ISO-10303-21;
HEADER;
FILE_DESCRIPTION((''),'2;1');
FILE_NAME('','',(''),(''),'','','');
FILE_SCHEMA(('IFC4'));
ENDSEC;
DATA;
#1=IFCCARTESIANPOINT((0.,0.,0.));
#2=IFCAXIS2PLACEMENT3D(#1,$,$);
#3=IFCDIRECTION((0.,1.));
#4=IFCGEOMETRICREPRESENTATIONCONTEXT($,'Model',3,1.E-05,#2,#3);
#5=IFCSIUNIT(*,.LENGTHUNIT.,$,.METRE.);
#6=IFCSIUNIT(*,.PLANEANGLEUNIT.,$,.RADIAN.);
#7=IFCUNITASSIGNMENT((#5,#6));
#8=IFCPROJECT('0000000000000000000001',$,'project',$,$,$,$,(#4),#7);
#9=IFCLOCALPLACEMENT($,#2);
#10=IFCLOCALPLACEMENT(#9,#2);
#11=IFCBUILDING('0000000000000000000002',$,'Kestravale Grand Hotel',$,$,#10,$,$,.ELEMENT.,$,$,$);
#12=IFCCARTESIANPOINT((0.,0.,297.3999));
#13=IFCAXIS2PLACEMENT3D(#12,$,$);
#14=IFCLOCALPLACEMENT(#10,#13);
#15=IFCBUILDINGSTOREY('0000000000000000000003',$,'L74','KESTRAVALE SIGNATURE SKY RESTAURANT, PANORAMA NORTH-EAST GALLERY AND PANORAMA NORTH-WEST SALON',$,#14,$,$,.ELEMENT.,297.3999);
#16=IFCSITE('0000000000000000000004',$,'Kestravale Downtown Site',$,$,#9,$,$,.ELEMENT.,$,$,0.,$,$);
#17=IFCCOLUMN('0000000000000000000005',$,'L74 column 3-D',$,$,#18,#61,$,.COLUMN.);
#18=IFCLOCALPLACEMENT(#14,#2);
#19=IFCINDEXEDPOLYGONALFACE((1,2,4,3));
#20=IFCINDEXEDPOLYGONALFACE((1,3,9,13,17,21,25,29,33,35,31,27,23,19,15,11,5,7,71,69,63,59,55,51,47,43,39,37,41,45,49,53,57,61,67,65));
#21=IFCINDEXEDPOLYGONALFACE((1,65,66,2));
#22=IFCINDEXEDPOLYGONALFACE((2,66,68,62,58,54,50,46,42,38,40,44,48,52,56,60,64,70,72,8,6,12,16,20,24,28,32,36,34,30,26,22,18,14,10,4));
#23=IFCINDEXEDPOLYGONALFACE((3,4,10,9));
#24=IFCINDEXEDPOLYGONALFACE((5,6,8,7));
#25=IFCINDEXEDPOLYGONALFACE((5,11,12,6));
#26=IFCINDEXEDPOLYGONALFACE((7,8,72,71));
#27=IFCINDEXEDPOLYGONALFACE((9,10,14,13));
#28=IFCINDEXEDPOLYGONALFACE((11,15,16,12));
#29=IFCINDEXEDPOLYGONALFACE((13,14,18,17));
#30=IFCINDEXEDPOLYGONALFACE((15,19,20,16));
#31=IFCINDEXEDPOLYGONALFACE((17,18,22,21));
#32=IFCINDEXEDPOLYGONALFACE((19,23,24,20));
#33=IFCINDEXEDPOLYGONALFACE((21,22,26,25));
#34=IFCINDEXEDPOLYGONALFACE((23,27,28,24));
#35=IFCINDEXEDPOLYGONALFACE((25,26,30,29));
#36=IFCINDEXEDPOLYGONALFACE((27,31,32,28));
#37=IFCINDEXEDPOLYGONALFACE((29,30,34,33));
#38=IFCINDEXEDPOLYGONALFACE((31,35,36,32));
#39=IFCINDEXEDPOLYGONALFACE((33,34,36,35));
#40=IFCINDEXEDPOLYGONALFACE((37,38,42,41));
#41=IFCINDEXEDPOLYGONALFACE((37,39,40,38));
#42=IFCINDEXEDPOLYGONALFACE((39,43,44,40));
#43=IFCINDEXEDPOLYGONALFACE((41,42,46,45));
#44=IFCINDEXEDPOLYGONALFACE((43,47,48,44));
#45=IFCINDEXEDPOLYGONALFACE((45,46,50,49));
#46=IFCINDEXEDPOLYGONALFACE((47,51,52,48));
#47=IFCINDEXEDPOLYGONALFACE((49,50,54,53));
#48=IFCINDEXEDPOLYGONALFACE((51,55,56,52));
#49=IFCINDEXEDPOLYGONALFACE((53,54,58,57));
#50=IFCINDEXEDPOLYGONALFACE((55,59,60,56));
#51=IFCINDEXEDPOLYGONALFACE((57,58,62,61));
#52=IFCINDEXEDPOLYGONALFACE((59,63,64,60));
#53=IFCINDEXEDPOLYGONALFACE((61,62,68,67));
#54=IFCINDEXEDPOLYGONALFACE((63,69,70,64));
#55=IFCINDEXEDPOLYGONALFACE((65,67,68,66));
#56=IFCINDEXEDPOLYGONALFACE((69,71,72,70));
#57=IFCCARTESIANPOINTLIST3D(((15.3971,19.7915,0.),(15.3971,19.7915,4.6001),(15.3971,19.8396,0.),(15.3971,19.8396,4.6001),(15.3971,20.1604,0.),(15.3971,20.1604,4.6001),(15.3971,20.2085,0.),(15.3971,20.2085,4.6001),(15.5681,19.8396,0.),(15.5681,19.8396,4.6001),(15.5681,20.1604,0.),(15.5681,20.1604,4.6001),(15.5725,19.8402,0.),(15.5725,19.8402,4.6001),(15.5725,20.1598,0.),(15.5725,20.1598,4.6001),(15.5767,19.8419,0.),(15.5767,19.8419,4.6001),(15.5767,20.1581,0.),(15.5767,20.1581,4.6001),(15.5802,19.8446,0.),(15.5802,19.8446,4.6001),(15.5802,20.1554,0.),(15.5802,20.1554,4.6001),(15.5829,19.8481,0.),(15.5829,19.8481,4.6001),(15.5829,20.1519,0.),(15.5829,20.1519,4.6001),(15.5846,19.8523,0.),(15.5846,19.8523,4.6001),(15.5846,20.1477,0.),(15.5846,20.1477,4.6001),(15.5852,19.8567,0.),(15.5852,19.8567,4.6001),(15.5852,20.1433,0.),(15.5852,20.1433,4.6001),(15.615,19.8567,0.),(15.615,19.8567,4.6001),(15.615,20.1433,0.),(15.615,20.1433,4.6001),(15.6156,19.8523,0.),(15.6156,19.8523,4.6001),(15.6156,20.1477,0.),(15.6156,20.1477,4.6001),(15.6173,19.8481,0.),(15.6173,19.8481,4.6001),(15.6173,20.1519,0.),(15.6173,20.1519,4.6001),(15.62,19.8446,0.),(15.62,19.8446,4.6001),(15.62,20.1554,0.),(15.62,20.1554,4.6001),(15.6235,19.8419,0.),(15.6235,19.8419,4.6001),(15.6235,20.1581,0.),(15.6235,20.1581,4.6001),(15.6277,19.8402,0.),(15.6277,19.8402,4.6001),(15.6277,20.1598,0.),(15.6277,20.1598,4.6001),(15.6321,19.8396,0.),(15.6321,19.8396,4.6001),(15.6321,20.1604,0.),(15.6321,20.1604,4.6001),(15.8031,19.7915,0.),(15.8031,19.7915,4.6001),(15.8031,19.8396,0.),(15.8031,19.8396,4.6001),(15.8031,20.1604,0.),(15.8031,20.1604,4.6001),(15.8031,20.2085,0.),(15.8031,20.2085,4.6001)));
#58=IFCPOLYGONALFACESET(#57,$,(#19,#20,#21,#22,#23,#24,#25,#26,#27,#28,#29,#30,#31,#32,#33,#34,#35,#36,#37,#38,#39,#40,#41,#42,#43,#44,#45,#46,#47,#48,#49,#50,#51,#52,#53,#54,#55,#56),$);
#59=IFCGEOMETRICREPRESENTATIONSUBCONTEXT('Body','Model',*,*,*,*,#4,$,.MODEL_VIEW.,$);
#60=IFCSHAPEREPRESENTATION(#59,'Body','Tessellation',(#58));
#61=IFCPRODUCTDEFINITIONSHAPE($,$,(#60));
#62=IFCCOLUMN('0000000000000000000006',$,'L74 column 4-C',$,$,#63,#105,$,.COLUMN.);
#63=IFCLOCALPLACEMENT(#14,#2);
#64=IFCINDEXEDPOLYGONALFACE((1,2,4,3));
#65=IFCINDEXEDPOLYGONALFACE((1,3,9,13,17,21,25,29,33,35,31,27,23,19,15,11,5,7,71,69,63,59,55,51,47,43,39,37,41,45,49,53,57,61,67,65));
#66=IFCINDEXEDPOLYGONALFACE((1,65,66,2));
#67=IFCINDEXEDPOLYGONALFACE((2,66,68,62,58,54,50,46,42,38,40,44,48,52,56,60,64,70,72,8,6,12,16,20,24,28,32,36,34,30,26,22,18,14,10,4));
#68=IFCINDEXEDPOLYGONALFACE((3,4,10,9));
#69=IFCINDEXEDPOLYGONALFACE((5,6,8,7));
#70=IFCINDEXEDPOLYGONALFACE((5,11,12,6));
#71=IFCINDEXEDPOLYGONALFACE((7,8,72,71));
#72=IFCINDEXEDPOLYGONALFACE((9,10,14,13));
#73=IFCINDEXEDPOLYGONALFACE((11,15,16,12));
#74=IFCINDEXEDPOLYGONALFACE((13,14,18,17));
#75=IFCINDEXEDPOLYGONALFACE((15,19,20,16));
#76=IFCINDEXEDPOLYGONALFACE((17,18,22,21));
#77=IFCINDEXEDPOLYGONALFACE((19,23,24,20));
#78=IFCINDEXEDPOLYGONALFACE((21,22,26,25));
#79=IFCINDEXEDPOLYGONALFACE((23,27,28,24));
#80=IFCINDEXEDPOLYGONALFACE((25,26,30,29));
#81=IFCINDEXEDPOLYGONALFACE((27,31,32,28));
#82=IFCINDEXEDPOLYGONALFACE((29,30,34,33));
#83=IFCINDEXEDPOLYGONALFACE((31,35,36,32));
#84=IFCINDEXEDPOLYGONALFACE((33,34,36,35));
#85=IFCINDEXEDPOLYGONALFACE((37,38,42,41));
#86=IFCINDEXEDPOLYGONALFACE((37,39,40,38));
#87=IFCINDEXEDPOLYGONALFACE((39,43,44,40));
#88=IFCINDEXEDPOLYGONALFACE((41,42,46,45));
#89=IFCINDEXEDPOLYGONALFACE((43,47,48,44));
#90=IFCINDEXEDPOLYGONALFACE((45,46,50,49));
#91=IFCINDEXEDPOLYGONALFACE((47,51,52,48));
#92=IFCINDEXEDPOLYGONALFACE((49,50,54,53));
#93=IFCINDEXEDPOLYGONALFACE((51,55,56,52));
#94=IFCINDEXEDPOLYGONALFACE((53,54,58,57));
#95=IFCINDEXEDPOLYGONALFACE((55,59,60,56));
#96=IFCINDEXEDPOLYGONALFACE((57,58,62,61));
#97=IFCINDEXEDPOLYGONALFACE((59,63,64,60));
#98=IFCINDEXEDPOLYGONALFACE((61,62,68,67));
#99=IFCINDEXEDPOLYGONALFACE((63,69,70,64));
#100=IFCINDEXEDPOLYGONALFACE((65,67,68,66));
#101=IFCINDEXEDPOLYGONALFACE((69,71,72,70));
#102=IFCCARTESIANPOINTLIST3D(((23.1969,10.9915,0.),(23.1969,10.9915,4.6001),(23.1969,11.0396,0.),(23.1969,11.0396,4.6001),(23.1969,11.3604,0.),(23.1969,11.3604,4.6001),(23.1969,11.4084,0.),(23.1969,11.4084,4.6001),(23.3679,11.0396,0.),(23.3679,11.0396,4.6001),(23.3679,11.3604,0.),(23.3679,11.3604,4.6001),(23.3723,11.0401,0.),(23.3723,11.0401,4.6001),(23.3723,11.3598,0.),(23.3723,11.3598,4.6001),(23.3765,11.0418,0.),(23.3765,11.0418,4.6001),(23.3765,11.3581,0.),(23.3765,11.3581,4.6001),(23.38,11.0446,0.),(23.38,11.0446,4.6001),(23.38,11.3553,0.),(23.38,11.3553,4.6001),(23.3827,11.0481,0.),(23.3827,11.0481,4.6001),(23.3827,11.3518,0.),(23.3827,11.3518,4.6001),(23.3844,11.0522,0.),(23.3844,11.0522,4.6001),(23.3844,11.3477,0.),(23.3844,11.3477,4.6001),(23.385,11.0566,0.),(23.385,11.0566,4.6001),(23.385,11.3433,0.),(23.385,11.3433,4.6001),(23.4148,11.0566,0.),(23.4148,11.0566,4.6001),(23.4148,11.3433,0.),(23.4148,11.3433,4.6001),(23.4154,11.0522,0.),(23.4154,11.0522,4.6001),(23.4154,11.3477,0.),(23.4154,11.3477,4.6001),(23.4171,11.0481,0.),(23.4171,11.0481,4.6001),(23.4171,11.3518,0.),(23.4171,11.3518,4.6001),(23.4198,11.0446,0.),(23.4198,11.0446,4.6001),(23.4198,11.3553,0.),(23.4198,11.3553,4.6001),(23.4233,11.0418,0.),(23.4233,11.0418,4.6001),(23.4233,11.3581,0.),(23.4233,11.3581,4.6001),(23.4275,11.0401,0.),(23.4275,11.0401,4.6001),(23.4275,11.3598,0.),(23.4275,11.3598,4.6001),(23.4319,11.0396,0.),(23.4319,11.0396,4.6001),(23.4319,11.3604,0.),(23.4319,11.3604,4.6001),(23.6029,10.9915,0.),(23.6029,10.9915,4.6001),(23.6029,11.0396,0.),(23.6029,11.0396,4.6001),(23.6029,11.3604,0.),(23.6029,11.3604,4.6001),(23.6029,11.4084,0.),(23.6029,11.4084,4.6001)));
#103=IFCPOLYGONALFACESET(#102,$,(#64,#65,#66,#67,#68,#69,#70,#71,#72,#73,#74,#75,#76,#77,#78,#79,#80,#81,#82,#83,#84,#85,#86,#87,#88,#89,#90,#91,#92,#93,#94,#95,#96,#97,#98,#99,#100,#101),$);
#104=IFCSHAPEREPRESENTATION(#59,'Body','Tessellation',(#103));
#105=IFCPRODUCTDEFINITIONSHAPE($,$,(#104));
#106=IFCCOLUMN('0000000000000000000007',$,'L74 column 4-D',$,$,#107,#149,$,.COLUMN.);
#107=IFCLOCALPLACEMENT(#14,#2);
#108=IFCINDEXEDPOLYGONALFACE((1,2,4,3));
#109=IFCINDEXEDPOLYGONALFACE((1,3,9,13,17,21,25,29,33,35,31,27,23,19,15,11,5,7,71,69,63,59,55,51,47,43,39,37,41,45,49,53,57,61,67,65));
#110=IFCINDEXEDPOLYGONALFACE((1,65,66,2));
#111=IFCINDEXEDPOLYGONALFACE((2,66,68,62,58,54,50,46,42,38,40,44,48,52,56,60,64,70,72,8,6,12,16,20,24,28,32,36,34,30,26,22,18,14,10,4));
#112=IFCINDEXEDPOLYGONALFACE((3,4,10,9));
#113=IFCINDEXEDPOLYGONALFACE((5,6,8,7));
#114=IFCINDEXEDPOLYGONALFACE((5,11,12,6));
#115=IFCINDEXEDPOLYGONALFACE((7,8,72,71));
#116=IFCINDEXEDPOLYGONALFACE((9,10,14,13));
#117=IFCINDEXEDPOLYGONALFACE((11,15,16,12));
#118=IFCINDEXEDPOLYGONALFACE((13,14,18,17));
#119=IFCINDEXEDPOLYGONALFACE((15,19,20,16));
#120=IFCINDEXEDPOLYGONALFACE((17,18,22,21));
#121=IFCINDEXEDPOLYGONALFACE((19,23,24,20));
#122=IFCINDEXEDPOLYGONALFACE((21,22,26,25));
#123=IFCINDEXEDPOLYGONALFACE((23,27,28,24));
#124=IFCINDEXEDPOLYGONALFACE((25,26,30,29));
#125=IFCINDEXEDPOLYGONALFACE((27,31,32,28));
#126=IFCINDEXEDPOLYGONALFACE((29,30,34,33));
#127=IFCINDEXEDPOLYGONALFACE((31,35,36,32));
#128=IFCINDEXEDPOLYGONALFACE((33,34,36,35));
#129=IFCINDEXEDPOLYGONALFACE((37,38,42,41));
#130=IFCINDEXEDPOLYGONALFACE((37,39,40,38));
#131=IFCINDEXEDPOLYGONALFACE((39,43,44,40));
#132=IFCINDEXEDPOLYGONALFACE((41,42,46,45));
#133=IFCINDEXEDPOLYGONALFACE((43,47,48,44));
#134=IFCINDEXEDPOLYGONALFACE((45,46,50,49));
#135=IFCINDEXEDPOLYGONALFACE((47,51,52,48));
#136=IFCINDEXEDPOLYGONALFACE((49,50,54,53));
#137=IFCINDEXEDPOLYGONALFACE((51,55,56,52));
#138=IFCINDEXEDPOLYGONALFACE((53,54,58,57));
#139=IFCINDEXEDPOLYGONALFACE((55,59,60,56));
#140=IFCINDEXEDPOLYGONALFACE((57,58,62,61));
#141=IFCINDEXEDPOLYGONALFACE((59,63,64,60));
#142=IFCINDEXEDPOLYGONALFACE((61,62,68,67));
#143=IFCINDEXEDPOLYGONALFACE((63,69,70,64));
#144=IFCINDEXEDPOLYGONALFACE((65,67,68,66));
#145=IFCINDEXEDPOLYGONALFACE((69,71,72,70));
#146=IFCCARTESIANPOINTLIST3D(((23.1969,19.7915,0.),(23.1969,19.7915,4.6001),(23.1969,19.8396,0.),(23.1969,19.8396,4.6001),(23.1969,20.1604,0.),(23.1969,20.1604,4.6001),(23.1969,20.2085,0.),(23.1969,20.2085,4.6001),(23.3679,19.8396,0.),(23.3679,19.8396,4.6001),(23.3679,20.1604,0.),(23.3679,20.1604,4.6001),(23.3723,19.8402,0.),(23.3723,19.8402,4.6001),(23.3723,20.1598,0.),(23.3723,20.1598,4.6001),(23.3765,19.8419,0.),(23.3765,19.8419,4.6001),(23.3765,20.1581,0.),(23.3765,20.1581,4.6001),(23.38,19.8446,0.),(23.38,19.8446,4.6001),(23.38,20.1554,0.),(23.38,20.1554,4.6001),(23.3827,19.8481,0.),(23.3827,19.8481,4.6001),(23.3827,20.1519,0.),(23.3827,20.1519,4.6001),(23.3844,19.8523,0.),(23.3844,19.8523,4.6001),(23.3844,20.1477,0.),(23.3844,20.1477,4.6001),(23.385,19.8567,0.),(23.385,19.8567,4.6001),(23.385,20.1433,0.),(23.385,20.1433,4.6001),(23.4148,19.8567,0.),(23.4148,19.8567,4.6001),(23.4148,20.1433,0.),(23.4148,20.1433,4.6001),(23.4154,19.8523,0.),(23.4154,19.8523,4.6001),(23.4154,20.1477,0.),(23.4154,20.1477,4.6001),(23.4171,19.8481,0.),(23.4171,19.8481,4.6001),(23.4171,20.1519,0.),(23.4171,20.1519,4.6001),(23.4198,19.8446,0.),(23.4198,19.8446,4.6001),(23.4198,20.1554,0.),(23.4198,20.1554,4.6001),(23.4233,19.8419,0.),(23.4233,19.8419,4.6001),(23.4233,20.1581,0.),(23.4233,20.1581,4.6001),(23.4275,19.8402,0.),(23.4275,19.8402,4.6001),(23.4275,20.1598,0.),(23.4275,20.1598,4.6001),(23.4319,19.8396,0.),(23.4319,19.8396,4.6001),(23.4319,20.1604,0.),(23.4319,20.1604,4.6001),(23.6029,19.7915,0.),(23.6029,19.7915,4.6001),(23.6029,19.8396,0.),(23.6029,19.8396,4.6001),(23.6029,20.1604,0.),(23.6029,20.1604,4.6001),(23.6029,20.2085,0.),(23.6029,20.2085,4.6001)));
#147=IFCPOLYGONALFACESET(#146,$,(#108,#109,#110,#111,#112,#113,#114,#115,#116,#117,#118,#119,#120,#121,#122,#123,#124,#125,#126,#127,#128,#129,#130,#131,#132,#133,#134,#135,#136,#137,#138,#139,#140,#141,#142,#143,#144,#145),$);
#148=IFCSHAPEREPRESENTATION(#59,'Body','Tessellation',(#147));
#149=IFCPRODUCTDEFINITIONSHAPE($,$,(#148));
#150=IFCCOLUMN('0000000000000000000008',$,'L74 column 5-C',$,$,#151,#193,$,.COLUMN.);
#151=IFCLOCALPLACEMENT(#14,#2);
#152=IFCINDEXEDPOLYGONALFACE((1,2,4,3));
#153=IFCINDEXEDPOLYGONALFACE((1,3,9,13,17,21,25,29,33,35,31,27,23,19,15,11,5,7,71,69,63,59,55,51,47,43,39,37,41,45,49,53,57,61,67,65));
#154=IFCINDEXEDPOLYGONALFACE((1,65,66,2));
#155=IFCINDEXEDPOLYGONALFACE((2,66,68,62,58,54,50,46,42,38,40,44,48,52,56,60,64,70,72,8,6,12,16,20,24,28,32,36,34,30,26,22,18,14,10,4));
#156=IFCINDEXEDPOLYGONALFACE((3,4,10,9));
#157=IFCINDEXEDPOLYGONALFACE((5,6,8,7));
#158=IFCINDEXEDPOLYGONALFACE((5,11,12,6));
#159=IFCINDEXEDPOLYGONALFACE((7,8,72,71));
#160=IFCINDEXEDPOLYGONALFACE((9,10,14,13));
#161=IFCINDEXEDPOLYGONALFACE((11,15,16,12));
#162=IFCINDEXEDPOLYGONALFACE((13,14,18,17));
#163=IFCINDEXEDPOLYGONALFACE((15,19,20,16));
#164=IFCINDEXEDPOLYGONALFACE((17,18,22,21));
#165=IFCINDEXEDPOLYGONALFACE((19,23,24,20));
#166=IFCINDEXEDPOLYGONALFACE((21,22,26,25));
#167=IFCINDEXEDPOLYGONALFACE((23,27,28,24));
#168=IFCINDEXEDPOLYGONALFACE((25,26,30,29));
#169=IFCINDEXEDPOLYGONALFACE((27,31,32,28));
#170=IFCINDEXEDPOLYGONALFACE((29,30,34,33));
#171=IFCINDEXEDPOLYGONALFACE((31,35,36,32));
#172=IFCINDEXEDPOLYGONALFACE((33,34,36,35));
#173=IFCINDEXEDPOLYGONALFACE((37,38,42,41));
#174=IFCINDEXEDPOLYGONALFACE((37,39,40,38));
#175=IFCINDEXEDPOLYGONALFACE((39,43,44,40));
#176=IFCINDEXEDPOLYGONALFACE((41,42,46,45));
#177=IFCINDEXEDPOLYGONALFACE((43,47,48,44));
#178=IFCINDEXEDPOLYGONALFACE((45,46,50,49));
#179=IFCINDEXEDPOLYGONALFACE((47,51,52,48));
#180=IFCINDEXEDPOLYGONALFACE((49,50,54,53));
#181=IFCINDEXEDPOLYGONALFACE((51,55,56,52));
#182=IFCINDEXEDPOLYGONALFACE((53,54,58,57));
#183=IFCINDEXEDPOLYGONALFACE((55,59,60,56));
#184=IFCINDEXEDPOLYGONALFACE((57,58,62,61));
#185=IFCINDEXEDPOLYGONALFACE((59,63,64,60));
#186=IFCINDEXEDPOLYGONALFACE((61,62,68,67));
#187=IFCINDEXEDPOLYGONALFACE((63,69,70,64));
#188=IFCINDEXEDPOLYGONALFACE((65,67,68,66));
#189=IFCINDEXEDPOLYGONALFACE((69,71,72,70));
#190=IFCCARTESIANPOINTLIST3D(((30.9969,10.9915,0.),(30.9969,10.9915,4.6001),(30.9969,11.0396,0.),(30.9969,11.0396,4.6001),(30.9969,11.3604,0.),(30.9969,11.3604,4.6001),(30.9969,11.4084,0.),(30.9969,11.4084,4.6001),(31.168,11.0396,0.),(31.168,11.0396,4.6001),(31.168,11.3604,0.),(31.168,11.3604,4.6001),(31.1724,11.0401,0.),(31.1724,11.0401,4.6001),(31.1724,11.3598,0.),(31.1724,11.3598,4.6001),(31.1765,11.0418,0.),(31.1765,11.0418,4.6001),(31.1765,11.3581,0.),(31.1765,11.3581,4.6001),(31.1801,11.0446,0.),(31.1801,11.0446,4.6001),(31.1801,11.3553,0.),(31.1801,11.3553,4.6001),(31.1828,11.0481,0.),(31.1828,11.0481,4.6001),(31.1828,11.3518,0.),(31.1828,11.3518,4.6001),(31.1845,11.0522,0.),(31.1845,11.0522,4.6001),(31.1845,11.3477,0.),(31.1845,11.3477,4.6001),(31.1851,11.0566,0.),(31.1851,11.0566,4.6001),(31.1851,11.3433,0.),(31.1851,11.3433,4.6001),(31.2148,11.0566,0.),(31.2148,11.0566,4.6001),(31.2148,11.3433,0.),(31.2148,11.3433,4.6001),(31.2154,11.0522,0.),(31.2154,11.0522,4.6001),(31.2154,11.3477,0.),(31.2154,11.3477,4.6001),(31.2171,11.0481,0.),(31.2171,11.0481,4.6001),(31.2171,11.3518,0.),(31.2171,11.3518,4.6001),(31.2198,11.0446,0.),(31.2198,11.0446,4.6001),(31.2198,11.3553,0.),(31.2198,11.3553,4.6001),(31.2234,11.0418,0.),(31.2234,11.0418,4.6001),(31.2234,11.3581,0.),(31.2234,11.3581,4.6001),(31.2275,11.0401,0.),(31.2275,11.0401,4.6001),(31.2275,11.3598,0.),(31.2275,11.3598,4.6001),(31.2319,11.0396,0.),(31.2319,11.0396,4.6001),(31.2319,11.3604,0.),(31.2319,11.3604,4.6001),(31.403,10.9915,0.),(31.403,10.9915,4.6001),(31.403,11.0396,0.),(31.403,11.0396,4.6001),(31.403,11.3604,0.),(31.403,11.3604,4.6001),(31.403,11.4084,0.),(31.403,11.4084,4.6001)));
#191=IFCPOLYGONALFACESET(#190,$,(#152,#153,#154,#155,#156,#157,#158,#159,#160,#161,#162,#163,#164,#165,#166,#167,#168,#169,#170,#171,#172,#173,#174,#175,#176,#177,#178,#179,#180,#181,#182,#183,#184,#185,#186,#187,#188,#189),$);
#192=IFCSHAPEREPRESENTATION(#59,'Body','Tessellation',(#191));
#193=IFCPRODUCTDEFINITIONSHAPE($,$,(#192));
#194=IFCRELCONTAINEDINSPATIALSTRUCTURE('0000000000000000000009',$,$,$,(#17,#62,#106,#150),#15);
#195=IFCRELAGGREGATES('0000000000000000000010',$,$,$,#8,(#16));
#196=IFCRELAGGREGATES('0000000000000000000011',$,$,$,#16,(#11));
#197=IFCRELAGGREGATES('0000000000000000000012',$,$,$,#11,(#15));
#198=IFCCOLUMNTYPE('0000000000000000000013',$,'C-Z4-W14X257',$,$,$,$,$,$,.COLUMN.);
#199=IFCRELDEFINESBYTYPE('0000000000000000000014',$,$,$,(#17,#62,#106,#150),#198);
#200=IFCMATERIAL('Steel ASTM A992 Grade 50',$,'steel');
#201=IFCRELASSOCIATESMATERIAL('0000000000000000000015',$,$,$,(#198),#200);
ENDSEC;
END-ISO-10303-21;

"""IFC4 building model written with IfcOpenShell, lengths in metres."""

from ifc_helpers import new_model, si_unit, direction, frame, origin, origin_2d, place, context, subcontext, project, spatial, i_section, extrude, material, material_profile, profile_set, type_object, element, save


model = new_model("IFC4")

# Units and contexts
model_context = context("Model", 3, precision=1e-05, world=origin(), true_north=direction((0.0, 1.0)))
body_context = subcontext(model_context, "Body", "Model", "MODEL_VIEW")
ifc_project = project(units=[si_unit("LENGTHUNIT", "METRE"), si_unit("PLANEANGLEUNIT", "RADIAN")], contexts=[model_context])

# Site, building, storey
site_placement = place(None, origin())
site = spatial("IfcSite", under=ifc_project, at=site_placement, Name="Kestravale Downtown Site", CompositionType="ELEMENT", RefElevation=0.0)
building_placement = place(site_placement, origin())
building = spatial("IfcBuilding", under=site, at=building_placement, Name="Kestravale Grand Hotel", CompositionType="ELEMENT")
storey_placement = place(building_placement, frame((0.0, 0.0, 297.3999)))
storey = spatial("IfcBuildingStorey", under=building, at=storey_placement, Name="L74", Description="KESTRAVALE SIGNATURE SKY RESTAURANT, PANORAMA NORTH-EAST GALLERY AND PANORAMA NORTH-WEST SALON", CompositionType="ELEMENT", Elevation=297.3999)

# Columns
ifc_material_1 = material(Name="Steel ASTM A992 Grade 50", Category="steel")
ifc_material_profile_1 = material_profile(ifc_material_1, i_section(OverallWidth=0.406, OverallDepth=0.417, WebThickness=0.0298, FlangeThickness=0.0481, FilletRadius=0.0171, at=origin_2d()))
ifc_profile_set_1 = profile_set([ifc_material_profile_1], Name="Steel ASTM A992 Grade 50")
column_type = type_object("IfcColumnType", Name="C-Z4-W14X257", PredefinedType="COLUMN", material=ifc_profile_set_1)
for number, where, z_axis, x_axis, name in (
    (1, (15.6001, 20.0, 0.0), (0.0, 0.0, 1.0), (1.0, 0.0, 0.0), "L74 column 3-D"),
    (2, (23.3999, 11.2, 0.0), (0.0, 0.0, 1.0), (1.0, 0.0, 0.0), "L74 column 4-C"),
    (3, (23.3999, 20.0, 0.0), (0.0, 0.0, 1.0), (1.0, 0.0, 0.0), "L74 column 4-D"),
    (4, (31.2, 11.2, 0.0), (0.0, 0.0, 1.0), (1.0, 0.0, 0.0), "L74 column 5-C"),
):
    element("IfcColumn", number, at=place(storey_placement, frame(where, z_axis=z_axis, x_axis=x_axis)), inside=storey, type_object=column_type, Name=name, PredefinedType="COLUMN", context=body_context, shape_type="SweptSolid", body=[
        extrude(i_section(OverallWidth=0.406, OverallDepth=0.417, WebThickness=0.0298, FlangeThickness=0.0481, FilletRadius=0.0171, at=origin_2d()), origin(), (0.0, 0.0, 1.0), 4.6001),
    ])

save(model, "model.ifc")
